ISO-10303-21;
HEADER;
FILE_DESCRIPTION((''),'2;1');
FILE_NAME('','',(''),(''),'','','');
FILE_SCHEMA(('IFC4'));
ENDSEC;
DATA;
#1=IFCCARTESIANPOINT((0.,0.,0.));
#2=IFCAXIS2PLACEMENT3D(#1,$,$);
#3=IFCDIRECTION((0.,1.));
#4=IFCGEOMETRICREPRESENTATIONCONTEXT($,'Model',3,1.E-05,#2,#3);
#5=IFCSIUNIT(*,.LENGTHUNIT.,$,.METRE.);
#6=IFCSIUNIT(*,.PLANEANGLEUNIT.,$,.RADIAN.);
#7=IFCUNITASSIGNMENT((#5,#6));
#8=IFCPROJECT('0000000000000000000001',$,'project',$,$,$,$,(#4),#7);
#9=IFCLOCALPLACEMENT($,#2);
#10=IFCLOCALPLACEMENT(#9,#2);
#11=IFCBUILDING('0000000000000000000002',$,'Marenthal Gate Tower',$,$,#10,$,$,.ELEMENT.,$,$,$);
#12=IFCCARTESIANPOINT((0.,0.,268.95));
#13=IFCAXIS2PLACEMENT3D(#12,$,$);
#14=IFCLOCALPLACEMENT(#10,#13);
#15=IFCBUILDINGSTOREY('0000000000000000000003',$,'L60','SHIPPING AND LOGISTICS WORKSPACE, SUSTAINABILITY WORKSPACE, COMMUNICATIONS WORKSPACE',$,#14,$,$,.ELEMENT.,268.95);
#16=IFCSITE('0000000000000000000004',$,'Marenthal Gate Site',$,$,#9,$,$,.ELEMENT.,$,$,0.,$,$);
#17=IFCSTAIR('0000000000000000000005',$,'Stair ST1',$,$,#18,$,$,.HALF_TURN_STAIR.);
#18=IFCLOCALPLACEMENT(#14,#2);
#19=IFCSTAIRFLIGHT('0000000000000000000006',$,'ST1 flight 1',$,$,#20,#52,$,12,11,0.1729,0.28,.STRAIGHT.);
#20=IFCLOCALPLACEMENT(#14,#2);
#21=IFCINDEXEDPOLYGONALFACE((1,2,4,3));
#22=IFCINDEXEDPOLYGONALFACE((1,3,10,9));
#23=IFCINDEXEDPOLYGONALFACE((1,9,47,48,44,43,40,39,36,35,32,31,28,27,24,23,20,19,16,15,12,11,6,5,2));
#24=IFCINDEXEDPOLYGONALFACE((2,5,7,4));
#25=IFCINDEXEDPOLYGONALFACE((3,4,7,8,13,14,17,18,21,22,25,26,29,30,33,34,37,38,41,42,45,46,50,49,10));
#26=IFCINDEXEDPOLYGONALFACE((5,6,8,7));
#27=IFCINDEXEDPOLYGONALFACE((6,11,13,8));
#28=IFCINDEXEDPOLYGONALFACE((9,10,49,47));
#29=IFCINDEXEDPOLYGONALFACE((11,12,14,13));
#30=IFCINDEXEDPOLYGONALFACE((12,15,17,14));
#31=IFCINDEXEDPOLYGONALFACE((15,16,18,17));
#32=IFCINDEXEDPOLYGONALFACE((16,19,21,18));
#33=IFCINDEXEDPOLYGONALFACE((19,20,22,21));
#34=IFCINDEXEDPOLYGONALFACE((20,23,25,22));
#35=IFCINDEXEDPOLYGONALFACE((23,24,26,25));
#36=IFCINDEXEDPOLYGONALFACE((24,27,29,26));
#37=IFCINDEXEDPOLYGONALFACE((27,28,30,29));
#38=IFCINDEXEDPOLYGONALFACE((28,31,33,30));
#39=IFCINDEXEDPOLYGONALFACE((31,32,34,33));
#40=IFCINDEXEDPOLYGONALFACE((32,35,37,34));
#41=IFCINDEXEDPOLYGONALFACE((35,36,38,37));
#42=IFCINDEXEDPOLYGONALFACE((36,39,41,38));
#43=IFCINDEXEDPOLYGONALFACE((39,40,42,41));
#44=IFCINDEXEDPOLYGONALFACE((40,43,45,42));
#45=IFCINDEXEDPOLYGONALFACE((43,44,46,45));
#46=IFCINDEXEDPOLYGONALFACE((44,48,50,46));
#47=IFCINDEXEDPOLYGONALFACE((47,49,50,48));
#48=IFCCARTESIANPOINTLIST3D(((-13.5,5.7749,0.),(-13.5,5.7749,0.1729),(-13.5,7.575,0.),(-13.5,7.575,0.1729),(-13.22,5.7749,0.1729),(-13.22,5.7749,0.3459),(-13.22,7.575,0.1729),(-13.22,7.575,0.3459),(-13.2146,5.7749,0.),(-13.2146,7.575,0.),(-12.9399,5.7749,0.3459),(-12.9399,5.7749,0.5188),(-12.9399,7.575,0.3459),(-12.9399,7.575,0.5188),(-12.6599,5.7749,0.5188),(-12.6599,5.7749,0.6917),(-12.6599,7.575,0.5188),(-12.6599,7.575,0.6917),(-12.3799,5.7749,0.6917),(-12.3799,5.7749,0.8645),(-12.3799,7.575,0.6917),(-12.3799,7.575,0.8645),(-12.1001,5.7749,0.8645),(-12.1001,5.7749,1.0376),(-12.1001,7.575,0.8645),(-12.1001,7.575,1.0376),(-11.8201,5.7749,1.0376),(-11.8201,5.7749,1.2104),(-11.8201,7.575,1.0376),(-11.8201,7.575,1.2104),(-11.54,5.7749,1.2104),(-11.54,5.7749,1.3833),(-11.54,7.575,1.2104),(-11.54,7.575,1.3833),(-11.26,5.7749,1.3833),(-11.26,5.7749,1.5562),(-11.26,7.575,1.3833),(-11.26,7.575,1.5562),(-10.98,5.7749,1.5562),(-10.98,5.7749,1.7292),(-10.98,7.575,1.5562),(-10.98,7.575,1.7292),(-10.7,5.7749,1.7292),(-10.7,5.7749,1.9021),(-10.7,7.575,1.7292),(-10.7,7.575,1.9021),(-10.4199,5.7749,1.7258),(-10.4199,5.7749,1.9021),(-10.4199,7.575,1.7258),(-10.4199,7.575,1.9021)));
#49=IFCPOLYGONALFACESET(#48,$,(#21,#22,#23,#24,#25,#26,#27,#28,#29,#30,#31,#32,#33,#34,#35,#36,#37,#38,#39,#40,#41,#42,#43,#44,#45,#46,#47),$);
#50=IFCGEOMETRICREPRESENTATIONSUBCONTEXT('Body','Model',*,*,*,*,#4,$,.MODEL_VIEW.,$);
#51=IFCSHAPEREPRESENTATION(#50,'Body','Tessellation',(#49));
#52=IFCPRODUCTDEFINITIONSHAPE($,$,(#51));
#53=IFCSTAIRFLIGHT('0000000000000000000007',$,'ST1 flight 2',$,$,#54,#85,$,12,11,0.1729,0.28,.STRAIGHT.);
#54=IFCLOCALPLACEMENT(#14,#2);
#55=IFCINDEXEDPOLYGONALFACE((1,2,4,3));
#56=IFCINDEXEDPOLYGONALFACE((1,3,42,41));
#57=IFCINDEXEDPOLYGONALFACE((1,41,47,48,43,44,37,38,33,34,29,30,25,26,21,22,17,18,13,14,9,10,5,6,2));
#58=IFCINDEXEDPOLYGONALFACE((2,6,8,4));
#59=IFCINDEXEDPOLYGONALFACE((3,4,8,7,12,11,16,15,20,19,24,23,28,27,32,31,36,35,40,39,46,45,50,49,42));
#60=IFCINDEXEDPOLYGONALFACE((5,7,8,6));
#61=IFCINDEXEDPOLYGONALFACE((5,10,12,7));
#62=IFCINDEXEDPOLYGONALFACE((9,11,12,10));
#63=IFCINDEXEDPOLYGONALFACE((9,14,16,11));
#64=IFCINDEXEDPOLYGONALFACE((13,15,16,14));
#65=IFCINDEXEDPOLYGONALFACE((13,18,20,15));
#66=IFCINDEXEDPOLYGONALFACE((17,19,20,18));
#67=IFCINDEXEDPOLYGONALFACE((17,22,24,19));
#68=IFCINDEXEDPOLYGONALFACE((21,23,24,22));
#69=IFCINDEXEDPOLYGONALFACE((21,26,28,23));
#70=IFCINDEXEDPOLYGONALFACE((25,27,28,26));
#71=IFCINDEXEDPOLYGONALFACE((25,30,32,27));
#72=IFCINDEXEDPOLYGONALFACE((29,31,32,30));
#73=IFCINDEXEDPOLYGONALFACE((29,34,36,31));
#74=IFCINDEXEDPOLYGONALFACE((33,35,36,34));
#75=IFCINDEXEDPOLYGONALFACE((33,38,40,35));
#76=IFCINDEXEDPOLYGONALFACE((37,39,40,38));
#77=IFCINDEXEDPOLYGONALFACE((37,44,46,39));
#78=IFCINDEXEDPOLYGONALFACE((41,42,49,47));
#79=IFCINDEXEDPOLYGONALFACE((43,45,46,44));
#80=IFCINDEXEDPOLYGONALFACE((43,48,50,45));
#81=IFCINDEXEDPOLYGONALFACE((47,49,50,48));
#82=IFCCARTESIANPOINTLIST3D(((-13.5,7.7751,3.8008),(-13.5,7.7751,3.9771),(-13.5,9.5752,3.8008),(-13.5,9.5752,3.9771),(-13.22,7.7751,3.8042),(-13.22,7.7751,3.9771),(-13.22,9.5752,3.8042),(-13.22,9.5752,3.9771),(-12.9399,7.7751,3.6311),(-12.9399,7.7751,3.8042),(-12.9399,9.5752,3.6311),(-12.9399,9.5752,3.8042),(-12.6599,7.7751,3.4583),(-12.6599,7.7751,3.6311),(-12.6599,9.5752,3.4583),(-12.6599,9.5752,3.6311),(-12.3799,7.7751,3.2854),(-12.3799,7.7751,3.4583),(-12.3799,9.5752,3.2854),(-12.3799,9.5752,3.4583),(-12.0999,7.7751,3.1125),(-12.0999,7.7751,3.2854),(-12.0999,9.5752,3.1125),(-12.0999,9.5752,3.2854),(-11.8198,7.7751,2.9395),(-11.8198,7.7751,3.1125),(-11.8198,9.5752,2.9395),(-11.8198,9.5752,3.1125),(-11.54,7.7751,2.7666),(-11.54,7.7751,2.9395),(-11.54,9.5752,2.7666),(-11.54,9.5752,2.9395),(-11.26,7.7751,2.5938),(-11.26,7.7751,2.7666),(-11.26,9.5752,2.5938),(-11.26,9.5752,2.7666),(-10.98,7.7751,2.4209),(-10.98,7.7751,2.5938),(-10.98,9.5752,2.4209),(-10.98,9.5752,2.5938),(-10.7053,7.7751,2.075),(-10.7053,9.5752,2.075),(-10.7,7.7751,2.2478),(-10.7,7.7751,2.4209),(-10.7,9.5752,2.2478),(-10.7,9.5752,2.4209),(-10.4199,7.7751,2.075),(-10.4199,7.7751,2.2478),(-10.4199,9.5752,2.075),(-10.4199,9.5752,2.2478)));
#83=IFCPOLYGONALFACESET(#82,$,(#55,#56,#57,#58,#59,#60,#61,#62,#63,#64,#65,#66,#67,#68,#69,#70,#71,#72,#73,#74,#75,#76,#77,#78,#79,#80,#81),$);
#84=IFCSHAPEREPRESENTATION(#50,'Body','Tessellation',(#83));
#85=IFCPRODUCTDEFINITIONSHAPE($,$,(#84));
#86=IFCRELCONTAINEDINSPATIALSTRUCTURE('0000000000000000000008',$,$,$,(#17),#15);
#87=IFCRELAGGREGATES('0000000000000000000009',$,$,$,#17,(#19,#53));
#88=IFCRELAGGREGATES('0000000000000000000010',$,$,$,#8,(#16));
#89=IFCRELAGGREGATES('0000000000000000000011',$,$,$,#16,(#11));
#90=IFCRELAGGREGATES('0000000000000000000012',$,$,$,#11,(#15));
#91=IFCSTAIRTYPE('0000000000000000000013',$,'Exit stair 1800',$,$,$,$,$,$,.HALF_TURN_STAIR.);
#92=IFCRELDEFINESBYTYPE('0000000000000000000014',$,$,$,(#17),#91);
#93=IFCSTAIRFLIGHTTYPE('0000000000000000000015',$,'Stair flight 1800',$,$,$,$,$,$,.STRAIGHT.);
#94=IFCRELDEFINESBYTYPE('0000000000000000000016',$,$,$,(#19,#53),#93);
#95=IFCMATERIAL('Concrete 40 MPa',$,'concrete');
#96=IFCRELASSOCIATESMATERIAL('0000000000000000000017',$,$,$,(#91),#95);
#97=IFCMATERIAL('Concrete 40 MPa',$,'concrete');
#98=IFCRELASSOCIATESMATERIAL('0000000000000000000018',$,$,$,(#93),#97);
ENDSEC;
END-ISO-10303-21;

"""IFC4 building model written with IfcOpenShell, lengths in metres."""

from ifc_helpers import new_model, si_unit, direction, frame, origin, place, context, subcontext, project, spatial, polyline, outline, extrude, material, type_object, element, aggregate, save


model = new_model("IFC4")

# Units and contexts
model_context = context("Model", 3, precision=1e-05, world=origin(), true_north=direction((0.0, 1.0)))
body_context = subcontext(model_context, "Body", "Model", "MODEL_VIEW")
ifc_project = project(units=[si_unit("LENGTHUNIT", "METRE"), si_unit("PLANEANGLEUNIT", "RADIAN")], contexts=[model_context])

# Site, building, storey
site_placement = place(None, origin())
site = spatial("IfcSite", under=ifc_project, at=site_placement, Name="Marenthal Gate Site", CompositionType="ELEMENT", RefElevation=0.0)
building_placement = place(site_placement, origin())
building = spatial("IfcBuilding", under=site, at=building_placement, Name="Marenthal Gate Tower", CompositionType="ELEMENT")
storey_placement = place(building_placement, frame((0.0, 0.0, 268.95)))
storey = spatial("IfcBuildingStorey", under=building, at=storey_placement, Name="L60", Description="SHIPPING AND LOGISTICS WORKSPACE, SUSTAINABILITY WORKSPACE, COMMUNICATIONS WORKSPACE", CompositionType="ELEMENT", Elevation=268.95)

# Stair, stair flights
ifc_material_1 = material(Name="Concrete 40 MPa", Category="concrete")
stair_type = type_object("IfcStairType", Name="Exit stair 1800", PredefinedType="HALF_TURN_STAIR", material=ifc_material_1)
stair_placement = place(storey_placement, origin())
stair = element("IfcStair", 1, at=stair_placement, inside=storey, type_object=stair_type, Name="Stair ST1", PredefinedType="HALF_TURN_STAIR")
ifc_material_2 = material(Name="Concrete 40 MPa", Category="concrete")
stair_flight_type = type_object("IfcStairFlightType", Name="Stair flight 1800", PredefinedType="STRAIGHT", material=ifc_material_2)
stair_flight_1_placement = place(storey_placement, frame((-13.5, 6.675, 0.0), z_axis=(0.0, 0.0, 1.0), x_axis=(1.0, 0.0, 0.0)))
stair_flight_1 = element("IfcStairFlight", 2, at=stair_flight_1_placement, type_object=stair_flight_type, Name="ST1 flight 1", NumberOfRisers=12, NumberOfTreads=11, PredefinedType="STRAIGHT", RiserHeight=0.1729, TreadLength=0.28, context=body_context, shape_type="SweptSolid", body=[
    extrude(outline(polyline([(0.0, 0.0), (0.0, 0.1729), (0.28, 0.1729), (0.28, 0.3459), (0.5601, 0.3459), (0.5601, 0.5188), (0.8401, 0.5188), (0.8401, 0.6917), (1.1201, 0.6917), (1.1201, 0.8645), (1.3999, 0.8645), (1.3999, 1.0376), (1.6799, 1.0376), (1.6799, 1.2104), (1.96, 1.2104), (1.96, 1.3833), (2.24, 1.3833), (2.24, 1.5562), (2.52, 1.5562), (2.52, 1.7292), (2.8, 1.7292), (2.8, 1.9021), (3.0801, 1.9021), (3.0801, 2.075), (3.0801, 1.7258), (0.2854, 0.0), (0.0, 0.0)])), frame((0.0, 0.8999, 0.0), z_axis=(0.0, -1.0, 0.0), x_axis=(1.0, 0.0, 0.0)), (0.0, 0.0, 1.0), 1.8),
])
stair_flight_2_placement = place(storey_placement, frame((-10.4199, 8.675, 2.075), z_axis=(0.0, 0.0, 1.0), x_axis=(-1.0, 0.0, 0.0)))
stair_flight_2 = element("IfcStairFlight", 3, at=stair_flight_2_placement, type_object=stair_flight_type, Name="ST1 flight 2", NumberOfRisers=12, NumberOfTreads=11, PredefinedType="STRAIGHT", RiserHeight=0.1729, TreadLength=0.28, context=body_context, shape_type="SweptSolid", body=[
    extrude(outline(polyline([(0.0, 0.0), (0.0, 0.1729), (0.28, 0.1729), (0.28, 0.3459), (0.5601, 0.3459), (0.5601, 0.5188), (0.8401, 0.5188), (0.8401, 0.6917), (1.1201, 0.6917), (1.1201, 0.8645), (1.3999, 0.8645), (1.3999, 1.0376), (1.6799, 1.0376), (1.6799, 1.2104), (1.96, 1.2104), (1.96, 1.3833), (2.24, 1.3833), (2.24, 1.5562), (2.52, 1.5562), (2.52, 1.7292), (2.8, 1.7292), (2.8, 1.9021), (3.0801, 1.9021), (3.0801, 2.075), (3.0801, 1.7258), (0.2854, 0.0), (0.0, 0.0)])), frame((0.0, 0.8999, 0.0), z_axis=(0.0, -1.0, 0.0), x_axis=(1.0, 0.0, 0.0)), (0.0, 0.0, 1.0), 1.8),
])
aggregate(stair, [stair_flight_1, stair_flight_2])

save(model, "model.ifc")
